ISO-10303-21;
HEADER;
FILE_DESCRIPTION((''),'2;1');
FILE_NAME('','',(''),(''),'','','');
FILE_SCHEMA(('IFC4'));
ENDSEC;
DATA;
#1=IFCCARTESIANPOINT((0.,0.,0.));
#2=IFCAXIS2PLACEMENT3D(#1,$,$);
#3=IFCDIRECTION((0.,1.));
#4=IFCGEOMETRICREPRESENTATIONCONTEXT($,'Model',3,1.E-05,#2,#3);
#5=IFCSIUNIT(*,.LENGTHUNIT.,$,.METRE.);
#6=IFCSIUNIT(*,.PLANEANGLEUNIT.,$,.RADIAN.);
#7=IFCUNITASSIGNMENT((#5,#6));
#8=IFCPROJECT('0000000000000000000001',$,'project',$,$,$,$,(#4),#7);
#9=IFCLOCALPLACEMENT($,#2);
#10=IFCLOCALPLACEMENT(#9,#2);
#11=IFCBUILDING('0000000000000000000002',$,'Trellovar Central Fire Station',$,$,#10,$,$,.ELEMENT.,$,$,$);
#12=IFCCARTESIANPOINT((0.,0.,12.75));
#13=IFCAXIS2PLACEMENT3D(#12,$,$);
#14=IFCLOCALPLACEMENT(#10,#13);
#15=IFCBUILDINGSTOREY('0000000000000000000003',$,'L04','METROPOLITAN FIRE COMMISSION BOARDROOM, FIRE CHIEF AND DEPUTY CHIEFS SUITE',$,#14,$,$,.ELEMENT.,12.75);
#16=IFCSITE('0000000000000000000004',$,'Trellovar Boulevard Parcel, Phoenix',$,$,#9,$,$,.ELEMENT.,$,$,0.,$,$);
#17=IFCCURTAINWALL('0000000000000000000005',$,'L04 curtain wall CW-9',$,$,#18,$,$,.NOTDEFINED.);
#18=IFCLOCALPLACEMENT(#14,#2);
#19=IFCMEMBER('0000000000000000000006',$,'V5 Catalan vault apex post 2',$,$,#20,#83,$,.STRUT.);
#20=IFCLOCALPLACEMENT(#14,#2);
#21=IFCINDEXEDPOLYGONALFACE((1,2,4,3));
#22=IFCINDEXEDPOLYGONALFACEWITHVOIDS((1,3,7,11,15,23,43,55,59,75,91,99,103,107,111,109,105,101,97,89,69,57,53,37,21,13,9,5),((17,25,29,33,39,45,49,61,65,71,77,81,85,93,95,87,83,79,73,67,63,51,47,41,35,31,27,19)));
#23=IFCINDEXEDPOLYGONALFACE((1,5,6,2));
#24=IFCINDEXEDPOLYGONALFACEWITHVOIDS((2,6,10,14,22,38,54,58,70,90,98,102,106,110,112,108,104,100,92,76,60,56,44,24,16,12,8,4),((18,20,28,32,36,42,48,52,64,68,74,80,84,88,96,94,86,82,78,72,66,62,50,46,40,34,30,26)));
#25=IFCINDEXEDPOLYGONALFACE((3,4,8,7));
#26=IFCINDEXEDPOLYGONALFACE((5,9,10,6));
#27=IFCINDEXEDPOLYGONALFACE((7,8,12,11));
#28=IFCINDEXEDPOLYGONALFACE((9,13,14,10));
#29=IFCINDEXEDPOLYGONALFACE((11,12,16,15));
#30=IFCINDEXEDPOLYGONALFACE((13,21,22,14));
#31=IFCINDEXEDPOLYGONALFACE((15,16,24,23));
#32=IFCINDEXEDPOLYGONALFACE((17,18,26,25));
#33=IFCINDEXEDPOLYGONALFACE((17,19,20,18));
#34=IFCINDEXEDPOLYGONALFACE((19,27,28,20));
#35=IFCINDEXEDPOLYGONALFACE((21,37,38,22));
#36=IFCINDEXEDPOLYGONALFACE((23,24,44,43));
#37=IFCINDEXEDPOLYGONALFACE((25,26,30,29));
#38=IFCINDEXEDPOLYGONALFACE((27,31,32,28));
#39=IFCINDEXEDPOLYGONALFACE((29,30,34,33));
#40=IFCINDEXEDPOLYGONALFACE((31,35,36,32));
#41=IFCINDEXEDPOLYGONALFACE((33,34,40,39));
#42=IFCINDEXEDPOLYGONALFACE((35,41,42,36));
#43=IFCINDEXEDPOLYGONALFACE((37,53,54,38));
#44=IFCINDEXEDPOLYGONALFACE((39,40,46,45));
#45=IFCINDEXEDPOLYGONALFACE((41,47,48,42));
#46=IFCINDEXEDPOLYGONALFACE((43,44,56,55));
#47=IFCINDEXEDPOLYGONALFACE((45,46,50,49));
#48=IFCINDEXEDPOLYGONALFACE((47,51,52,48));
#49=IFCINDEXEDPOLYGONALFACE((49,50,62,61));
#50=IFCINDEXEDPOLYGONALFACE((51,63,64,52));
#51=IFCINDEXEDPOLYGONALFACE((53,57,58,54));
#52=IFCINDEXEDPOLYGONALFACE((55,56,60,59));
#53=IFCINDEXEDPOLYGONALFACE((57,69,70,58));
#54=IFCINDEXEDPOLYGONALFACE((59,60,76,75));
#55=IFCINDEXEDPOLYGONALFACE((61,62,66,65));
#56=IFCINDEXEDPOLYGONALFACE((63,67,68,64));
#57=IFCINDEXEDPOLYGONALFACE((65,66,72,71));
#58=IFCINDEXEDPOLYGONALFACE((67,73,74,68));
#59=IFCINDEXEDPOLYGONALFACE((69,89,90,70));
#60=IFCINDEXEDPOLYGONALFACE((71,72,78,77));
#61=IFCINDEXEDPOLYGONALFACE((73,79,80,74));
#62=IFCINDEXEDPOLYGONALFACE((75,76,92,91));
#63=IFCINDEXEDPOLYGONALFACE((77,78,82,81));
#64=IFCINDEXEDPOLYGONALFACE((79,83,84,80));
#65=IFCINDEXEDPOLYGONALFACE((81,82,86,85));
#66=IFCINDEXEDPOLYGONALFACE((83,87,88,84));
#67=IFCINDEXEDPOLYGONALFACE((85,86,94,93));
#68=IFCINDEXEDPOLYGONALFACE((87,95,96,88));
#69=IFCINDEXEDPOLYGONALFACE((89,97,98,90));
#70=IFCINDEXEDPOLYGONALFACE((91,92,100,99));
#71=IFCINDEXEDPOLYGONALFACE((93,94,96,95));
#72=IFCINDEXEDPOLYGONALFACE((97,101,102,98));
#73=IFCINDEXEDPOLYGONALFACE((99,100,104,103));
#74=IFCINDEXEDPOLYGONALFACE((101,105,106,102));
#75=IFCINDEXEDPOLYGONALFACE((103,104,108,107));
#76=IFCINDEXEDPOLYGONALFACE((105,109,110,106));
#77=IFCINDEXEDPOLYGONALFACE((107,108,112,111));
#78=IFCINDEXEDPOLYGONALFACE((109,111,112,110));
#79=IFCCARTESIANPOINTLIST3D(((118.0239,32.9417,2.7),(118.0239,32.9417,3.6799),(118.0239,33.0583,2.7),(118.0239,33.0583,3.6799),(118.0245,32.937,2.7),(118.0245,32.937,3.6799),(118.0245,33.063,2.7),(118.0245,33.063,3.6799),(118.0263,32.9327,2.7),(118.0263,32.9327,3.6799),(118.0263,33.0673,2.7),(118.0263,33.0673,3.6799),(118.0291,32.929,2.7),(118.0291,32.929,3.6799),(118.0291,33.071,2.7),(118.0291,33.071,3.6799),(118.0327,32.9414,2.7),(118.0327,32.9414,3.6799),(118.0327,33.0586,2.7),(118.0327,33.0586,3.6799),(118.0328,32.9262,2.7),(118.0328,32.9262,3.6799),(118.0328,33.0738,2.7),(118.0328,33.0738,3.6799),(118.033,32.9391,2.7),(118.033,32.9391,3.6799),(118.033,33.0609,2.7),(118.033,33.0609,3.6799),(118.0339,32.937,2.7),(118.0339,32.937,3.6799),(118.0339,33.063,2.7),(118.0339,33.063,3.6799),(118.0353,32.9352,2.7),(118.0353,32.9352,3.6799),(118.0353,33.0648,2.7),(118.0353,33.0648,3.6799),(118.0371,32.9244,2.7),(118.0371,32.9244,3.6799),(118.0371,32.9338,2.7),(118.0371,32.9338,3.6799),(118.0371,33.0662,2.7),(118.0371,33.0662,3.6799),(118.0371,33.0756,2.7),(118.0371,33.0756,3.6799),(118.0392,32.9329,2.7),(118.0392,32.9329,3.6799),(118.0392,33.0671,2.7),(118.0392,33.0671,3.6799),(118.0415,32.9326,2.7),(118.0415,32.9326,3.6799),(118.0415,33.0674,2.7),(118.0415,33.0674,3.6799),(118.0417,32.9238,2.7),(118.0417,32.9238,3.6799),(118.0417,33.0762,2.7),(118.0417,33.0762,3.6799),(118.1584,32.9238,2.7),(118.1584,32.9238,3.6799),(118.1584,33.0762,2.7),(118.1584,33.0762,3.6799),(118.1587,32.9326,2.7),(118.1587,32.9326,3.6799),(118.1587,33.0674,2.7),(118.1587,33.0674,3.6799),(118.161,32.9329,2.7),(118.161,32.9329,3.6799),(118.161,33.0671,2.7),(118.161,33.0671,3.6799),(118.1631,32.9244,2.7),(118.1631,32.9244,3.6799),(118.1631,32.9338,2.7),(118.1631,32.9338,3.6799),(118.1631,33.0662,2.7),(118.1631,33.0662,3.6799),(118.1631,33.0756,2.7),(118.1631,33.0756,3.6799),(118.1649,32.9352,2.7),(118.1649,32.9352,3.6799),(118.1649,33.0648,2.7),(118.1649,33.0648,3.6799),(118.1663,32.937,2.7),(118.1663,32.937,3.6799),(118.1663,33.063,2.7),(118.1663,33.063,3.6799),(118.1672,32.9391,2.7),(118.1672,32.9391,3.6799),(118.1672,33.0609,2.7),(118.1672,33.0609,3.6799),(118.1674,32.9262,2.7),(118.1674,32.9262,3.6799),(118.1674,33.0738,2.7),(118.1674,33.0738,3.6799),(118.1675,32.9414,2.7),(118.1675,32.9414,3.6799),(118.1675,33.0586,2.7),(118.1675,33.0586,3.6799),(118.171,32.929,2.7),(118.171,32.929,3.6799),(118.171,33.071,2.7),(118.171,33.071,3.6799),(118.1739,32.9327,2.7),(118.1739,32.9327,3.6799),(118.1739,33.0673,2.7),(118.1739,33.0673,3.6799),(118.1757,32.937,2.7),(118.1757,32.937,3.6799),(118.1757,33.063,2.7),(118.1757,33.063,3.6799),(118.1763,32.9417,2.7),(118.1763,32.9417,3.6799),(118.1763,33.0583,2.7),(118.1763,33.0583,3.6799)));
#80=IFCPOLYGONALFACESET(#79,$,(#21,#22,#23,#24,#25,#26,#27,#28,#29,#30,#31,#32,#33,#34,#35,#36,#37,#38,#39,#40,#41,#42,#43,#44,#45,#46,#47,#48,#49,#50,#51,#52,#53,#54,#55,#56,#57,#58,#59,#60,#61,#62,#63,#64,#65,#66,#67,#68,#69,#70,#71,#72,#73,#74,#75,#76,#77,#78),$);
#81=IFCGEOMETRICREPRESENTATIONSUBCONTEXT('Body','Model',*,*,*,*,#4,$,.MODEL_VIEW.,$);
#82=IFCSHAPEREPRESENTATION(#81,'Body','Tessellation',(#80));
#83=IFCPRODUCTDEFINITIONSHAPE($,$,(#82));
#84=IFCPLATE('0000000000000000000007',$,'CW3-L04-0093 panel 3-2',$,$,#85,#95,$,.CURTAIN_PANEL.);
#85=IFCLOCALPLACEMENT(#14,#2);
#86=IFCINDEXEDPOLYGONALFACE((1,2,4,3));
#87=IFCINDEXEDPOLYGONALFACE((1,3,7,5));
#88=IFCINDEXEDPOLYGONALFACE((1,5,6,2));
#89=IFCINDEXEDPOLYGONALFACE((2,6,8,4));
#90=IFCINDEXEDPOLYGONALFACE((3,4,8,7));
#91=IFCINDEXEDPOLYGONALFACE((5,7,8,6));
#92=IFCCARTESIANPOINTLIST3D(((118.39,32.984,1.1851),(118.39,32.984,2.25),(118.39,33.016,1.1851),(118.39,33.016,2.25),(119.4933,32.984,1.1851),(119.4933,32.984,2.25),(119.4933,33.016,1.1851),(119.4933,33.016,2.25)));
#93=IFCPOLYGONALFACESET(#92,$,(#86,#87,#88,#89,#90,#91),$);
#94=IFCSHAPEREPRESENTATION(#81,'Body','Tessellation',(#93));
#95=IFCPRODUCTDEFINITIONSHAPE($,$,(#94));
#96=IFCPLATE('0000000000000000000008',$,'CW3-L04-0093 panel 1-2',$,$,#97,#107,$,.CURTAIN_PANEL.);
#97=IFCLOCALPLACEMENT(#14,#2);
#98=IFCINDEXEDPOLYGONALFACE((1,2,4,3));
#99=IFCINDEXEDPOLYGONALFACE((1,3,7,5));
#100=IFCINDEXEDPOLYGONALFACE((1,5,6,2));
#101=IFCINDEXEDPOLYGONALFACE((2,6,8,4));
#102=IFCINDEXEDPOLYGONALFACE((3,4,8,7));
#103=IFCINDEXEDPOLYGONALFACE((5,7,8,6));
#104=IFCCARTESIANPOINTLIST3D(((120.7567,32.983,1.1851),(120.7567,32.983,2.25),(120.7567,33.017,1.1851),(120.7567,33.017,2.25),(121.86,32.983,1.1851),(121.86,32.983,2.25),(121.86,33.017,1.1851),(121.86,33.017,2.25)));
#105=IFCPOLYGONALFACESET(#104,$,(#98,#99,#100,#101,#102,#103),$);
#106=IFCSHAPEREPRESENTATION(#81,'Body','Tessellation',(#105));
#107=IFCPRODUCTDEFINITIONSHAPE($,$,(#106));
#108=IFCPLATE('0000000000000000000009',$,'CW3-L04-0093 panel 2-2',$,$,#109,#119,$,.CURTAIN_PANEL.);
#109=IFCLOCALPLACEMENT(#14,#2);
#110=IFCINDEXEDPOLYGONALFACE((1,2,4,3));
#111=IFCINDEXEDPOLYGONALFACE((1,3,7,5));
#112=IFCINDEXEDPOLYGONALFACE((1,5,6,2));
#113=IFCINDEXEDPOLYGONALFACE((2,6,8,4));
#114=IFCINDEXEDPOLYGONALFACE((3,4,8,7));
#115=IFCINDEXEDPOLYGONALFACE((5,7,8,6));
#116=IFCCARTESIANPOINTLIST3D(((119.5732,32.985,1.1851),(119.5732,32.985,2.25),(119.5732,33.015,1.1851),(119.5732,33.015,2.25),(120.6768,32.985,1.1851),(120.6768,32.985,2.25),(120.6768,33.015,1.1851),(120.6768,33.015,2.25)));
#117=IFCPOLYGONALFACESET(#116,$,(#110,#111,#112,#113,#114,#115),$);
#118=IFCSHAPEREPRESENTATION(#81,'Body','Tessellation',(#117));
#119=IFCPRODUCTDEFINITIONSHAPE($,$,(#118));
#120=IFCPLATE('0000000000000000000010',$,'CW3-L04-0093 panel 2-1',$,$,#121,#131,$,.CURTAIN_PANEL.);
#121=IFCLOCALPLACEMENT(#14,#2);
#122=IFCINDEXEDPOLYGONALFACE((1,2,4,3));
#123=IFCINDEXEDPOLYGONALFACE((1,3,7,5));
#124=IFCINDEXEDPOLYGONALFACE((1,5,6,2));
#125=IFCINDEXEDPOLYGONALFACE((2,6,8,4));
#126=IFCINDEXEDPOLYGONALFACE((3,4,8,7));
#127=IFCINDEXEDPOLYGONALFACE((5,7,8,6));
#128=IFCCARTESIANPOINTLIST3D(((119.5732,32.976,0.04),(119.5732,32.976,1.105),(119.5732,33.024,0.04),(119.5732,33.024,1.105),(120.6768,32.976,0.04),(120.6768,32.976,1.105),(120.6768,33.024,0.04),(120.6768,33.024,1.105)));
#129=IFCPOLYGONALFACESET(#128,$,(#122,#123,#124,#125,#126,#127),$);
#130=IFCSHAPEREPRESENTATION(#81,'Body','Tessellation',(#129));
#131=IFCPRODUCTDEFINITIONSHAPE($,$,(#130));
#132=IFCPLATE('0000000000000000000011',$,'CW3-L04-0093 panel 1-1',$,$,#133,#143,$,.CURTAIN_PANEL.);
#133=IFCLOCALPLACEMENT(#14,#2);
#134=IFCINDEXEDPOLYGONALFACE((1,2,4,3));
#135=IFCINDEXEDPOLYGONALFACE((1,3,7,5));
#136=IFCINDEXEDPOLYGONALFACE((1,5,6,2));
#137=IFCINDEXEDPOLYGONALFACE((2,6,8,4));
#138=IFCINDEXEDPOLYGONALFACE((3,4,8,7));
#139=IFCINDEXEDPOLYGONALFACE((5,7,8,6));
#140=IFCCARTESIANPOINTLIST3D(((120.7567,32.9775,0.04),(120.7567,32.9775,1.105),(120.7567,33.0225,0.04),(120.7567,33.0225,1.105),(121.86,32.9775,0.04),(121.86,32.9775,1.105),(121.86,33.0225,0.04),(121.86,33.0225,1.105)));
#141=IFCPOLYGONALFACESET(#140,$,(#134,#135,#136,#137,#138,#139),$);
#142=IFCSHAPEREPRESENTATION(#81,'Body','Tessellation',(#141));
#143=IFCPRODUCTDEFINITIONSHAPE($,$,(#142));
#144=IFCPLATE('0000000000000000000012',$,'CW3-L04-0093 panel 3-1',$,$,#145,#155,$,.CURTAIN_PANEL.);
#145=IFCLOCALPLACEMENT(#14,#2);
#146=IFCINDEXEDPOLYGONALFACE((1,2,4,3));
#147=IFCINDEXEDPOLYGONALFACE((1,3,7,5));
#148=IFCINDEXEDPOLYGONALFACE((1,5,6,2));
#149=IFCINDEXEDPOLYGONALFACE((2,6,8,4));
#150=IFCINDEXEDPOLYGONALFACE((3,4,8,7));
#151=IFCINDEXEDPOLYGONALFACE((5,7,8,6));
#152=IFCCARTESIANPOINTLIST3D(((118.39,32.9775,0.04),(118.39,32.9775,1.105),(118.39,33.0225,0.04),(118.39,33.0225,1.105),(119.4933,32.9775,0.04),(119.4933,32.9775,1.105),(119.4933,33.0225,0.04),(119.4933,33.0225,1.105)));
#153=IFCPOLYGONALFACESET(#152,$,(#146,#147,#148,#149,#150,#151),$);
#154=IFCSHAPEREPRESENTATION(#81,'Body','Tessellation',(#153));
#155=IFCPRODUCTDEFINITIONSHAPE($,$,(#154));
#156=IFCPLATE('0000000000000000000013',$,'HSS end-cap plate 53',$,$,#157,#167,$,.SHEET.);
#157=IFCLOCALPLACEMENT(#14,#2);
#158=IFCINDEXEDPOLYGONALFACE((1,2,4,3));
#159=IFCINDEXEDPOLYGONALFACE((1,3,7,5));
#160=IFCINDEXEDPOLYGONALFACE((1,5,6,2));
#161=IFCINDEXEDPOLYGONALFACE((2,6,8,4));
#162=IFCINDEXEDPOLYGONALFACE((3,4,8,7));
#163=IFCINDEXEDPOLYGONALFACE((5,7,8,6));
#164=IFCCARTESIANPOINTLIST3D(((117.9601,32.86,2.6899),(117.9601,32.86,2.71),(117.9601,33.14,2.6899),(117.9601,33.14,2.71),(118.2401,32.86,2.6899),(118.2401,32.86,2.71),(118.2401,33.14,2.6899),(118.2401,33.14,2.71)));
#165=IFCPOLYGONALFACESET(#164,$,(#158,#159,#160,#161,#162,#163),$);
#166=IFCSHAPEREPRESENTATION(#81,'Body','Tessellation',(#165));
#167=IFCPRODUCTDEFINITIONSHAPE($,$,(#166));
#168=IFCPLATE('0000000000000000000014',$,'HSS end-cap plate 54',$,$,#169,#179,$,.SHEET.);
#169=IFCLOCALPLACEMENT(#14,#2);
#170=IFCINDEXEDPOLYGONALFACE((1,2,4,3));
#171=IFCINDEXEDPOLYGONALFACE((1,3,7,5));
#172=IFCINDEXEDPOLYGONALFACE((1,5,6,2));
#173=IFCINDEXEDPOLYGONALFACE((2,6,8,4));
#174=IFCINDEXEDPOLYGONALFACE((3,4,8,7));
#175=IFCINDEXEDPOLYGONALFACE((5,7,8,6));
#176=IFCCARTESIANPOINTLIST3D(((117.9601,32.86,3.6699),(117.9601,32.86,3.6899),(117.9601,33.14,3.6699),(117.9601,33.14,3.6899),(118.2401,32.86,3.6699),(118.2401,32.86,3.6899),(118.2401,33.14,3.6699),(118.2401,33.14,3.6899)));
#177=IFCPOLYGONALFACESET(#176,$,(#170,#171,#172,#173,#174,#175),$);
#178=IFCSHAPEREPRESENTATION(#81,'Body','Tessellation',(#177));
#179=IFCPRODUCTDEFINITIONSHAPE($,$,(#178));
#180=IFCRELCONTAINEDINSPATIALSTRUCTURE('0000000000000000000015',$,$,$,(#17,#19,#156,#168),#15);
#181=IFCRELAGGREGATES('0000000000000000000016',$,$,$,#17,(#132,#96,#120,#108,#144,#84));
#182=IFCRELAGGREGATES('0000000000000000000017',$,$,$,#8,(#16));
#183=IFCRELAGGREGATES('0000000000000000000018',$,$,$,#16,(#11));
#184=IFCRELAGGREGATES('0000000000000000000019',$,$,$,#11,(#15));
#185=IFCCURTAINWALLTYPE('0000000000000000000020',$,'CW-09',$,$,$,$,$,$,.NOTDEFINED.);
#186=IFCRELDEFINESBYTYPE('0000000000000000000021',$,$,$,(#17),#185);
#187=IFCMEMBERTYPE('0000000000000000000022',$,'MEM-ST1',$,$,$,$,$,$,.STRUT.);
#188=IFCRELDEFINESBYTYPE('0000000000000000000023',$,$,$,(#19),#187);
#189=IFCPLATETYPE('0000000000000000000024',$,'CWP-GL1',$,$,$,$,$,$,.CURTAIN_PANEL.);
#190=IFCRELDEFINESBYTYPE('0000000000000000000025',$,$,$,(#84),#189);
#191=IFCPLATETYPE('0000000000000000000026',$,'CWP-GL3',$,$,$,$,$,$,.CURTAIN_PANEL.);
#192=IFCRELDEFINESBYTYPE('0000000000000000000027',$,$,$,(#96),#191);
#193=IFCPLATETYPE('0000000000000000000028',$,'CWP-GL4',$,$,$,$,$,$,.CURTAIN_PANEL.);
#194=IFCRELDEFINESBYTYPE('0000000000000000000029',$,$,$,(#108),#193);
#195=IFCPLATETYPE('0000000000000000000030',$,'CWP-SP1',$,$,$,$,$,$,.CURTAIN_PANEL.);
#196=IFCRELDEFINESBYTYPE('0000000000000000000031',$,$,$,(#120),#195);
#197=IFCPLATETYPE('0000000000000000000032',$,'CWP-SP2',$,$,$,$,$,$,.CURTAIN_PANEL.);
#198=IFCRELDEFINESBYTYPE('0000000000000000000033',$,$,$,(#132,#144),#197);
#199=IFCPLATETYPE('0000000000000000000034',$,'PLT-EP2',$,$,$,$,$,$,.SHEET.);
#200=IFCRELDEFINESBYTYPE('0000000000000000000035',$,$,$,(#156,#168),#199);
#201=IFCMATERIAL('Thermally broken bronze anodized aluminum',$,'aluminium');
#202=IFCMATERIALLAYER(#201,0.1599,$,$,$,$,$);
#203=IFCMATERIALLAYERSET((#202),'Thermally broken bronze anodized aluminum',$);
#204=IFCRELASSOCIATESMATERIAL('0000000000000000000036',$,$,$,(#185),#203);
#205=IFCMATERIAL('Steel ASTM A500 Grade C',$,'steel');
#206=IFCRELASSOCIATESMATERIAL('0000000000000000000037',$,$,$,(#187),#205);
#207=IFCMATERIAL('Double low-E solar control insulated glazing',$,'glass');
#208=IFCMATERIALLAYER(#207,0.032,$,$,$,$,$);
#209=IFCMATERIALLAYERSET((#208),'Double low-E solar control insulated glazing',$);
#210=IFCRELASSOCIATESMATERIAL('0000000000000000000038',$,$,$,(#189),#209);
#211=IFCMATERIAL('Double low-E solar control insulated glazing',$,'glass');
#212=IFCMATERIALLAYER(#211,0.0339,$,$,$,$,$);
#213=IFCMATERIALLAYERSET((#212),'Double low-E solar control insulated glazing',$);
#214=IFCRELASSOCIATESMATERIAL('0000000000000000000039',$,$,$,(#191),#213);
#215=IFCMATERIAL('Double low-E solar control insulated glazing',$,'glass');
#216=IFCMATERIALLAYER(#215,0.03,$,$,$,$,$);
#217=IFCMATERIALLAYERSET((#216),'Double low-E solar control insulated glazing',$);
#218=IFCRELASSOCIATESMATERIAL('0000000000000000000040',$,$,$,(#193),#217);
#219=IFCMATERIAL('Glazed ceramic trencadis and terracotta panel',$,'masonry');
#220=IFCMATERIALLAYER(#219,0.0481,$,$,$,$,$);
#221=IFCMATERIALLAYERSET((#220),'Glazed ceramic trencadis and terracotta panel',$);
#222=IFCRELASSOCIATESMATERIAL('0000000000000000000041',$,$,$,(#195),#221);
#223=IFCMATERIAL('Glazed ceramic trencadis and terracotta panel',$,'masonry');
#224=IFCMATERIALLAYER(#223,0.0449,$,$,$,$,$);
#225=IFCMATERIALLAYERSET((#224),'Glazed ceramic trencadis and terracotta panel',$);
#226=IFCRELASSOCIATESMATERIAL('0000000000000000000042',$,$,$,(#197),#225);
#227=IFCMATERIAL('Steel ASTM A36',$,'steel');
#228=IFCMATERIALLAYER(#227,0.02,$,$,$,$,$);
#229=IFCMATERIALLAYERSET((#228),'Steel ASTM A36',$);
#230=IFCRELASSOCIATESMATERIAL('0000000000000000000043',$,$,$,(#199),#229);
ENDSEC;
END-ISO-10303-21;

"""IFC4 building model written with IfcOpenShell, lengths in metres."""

from ifc_helpers import new_model, si_unit, direction, frame, origin, origin_2d, place, context, subcontext, project, spatial, rectangle, hollow_rectangle, extrude, material, layer, layer_set, material_profile, profile_set, type_object, element, aggregate, save


model = new_model("IFC4")

# Units and contexts
model_context = context("Model", 3, precision=1e-05, world=origin(), true_north=direction((0.0, 1.0)))
body_context = subcontext(model_context, "Body", "Model", "MODEL_VIEW")
ifc_project = project(units=[si_unit("LENGTHUNIT", "METRE"), si_unit("PLANEANGLEUNIT", "RADIAN")], contexts=[model_context])

# Site, building, storey
site_placement = place(None, origin())
site = spatial("IfcSite", under=ifc_project, at=site_placement, Name="Trellovar Boulevard Parcel, Phoenix", CompositionType="ELEMENT", RefElevation=0.0)
building_placement = place(site_placement, origin())
building = spatial("IfcBuilding", under=site, at=building_placement, Name="Trellovar Central Fire Station", CompositionType="ELEMENT")
storey_placement = place(building_placement, frame((0.0, 0.0, 12.75)))
storey = spatial("IfcBuildingStorey", under=building, at=storey_placement, Name="L04", Description="METROPOLITAN FIRE COMMISSION BOARDROOM, FIRE CHIEF AND DEPUTY CHIEFS SUITE", CompositionType="ELEMENT", Elevation=12.75)

# Curtain wall
ifc_material_1 = material(Name="Thermally broken bronze anodized aluminum", Category="aluminium")
ifc_layer_1 = layer(ifc_material_1, 0.1599)
ifc_layer_set_1 = layer_set([ifc_layer_1], Name="Thermally broken bronze anodized aluminum")
curtain_wall_type = type_object("IfcCurtainWallType", Name="CW-09", PredefinedType="NOTDEFINED", material=ifc_layer_set_1)
curtain_wall_placement = place(storey_placement, origin())
curtain_wall = element("IfcCurtainWall", 1, at=curtain_wall_placement, inside=storey, type_object=curtain_wall_type, Name="L04 curtain wall CW-9", PredefinedType="NOTDEFINED")

# Member
ifc_material_2 = material(Name="Steel ASTM A500 Grade C", Category="steel")
ifc_material_profile_1 = material_profile(ifc_material_2, hollow_rectangle(XDim=0.1523, YDim=0.1523, WallThickness=0.0088, InnerFilletRadius=0.0088, OuterFilletRadius=0.0178, at=origin_2d()), Name="HSS6X6X3/8")
ifc_profile_set_1 = profile_set([ifc_material_profile_1], Name="Steel ASTM A500 Grade C")
member_type_1 = type_object("IfcMemberType", Name="MEM-ST1", PredefinedType="STRUT", material=ifc_profile_set_1)
member_1_placement = place(storey_placement, frame((118.1001, 33.0, 2.7), z_axis=(0.0, 0.0, 1.0), x_axis=(1.0, 0.0, 0.0)))
element("IfcMember", 2, at=member_1_placement, inside=storey, type_object=member_type_1, Name="V5 Catalan vault apex post 2", PredefinedType="STRUT", context=body_context, shape_type="SweptSolid", body=[
    extrude(hollow_rectangle(XDim=0.1523, YDim=0.1523, WallThickness=0.0088, InnerFilletRadius=0.0088, OuterFilletRadius=0.0178, at=origin_2d()), origin(), (0.0, 0.0, 1.0), 0.98),
])

# Plates
ifc_material_3 = material(Name="Double low-E solar control insulated glazing", Category="glass")
ifc_layer_2 = layer(ifc_material_3, 0.032)
ifc_layer_set_2 = layer_set([ifc_layer_2], Name="Double low-E solar control insulated glazing")
plate_type_1 = type_object("IfcPlateType", Name="CWP-GL1", PredefinedType="CURTAIN_PANEL", material=ifc_layer_set_2)
plate_1_placement = place(storey_placement, frame((118.9417, 33.0, 1.1851), z_axis=(0.0, 0.0, 1.0), x_axis=(-1.0, 0.0, 0.0)))
plate_1 = element("IfcPlate", 3, at=plate_1_placement, type_object=plate_type_1, Name="CW3-L04-0093 panel 3-2", PredefinedType="CURTAIN_PANEL", context=body_context, shape_type="SweptSolid", body=[
    extrude(rectangle(XDim=1.1033, YDim=0.032, at=origin_2d()), origin(), (0.0, 0.0, 1.0), 1.0649),
])
ifc_material_4 = material(Name="Double low-E solar control insulated glazing", Category="glass")
ifc_layer_3 = layer(ifc_material_4, 0.0339)
ifc_layer_set_3 = layer_set([ifc_layer_3], Name="Double low-E solar control insulated glazing")
plate_type_2 = type_object("IfcPlateType", Name="CWP-GL3", PredefinedType="CURTAIN_PANEL", material=ifc_layer_set_3)
plate_2_placement = place(storey_placement, frame((121.3083, 33.0, 1.1851), z_axis=(0.0, 0.0, 1.0), x_axis=(-1.0, 0.0, 0.0)))
plate_2 = element("IfcPlate", 4, at=plate_2_placement, type_object=plate_type_2, Name="CW3-L04-0093 panel 1-2", PredefinedType="CURTAIN_PANEL", context=body_context, shape_type="SweptSolid", body=[
    extrude(rectangle(XDim=1.1033, YDim=0.0339, at=origin_2d()), origin(), (0.0, 0.0, 1.0), 1.0649),
])
ifc_material_5 = material(Name="Double low-E solar control insulated glazing", Category="glass")
ifc_layer_4 = layer(ifc_material_5, 0.03)
ifc_layer_set_4 = layer_set([ifc_layer_4], Name="Double low-E solar control insulated glazing")
plate_type_3 = type_object("IfcPlateType", Name="CWP-GL4", PredefinedType="CURTAIN_PANEL", material=ifc_layer_set_4)
plate_3_placement = place(storey_placement, frame((120.125, 33.0, 1.1851), z_axis=(0.0, 0.0, 1.0), x_axis=(-1.0, 0.0, 0.0)))
plate_3 = element("IfcPlate", 5, at=plate_3_placement, type_object=plate_type_3, Name="CW3-L04-0093 panel 2-2", PredefinedType="CURTAIN_PANEL", context=body_context, shape_type="SweptSolid", body=[
    extrude(rectangle(XDim=1.1035, YDim=0.03, at=origin_2d()), origin(), (0.0, 0.0, 1.0), 1.0649),
])
ifc_material_6 = material(Name="Glazed ceramic trencadis and terracotta panel", Category="masonry")
ifc_layer_5 = layer(ifc_material_6, 0.0481)
ifc_layer_set_5 = layer_set([ifc_layer_5], Name="Glazed ceramic trencadis and terracotta panel")
plate_type_4 = type_object("IfcPlateType", Name="CWP-SP1", PredefinedType="CURTAIN_PANEL", material=ifc_layer_set_5)
plate_4_placement = place(storey_placement, frame((120.125, 33.0, 0.04), z_axis=(0.0, 0.0, 1.0), x_axis=(-1.0, 0.0, 0.0)))
plate_4 = element("IfcPlate", 6, at=plate_4_placement, type_object=plate_type_4, Name="CW3-L04-0093 panel 2-1", PredefinedType="CURTAIN_PANEL", context=body_context, shape_type="SweptSolid", body=[
    extrude(rectangle(XDim=1.1035, YDim=0.0481, at=origin_2d()), origin(), (0.0, 0.0, 1.0), 1.0649),
])
ifc_material_7 = material(Name="Glazed ceramic trencadis and terracotta panel", Category="masonry")
ifc_layer_6 = layer(ifc_material_7, 0.0449)
ifc_layer_set_6 = layer_set([ifc_layer_6], Name="Glazed ceramic trencadis and terracotta panel")
plate_type_5 = type_object("IfcPlateType", Name="CWP-SP2", PredefinedType="CURTAIN_PANEL", material=ifc_layer_set_6)
plate_5_placement = place(storey_placement, frame((121.3083, 33.0, 0.04), z_axis=(0.0, 0.0, 1.0), x_axis=(-1.0, 0.0, 0.0)))
plate_5 = element("IfcPlate", 7, at=plate_5_placement, type_object=plate_type_5, Name="CW3-L04-0093 panel 1-1", PredefinedType="CURTAIN_PANEL", context=body_context, shape_type="SweptSolid", body=[
    extrude(rectangle(XDim=1.1033, YDim=0.0449, at=origin_2d()), origin(), (0.0, 0.0, 1.0), 1.0649),
])
plate_6_placement = place(storey_placement, frame((118.9417, 33.0, 0.04), z_axis=(0.0, 0.0, 1.0), x_axis=(-1.0, 0.0, 0.0)))
plate_6 = element("IfcPlate", 8, at=plate_6_placement, type_object=plate_type_5, Name="CW3-L04-0093 panel 3-1", PredefinedType="CURTAIN_PANEL", context=body_context, shape_type="SweptSolid", body=[
    extrude(rectangle(XDim=1.1033, YDim=0.0449, at=origin_2d()), origin(), (0.0, 0.0, 1.0), 1.0649),
])
aggregate(curtain_wall, [plate_5, plate_2, plate_4, plate_3, plate_6, plate_1])

# Plates
ifc_material_8 = material(Name="Steel ASTM A36", Category="steel")
ifc_layer_7 = layer(ifc_material_8, 0.02)
ifc_layer_set_7 = layer_set([ifc_layer_7], Name="Steel ASTM A36")
plate_type_6 = type_object("IfcPlateType", Name="PLT-EP2", PredefinedType="SHEET", material=ifc_layer_set_7)
for number, where, z_axis, x_axis, name in (
    (9, (118.1001, 33.0, 2.6899), (0.0, 0.0, 1.0), (1.0, 0.0, 0.0), "HSS end-cap plate 53"),
    (10, (118.1001, 33.0, 3.6699), (0.0, 0.0, 1.0), (1.0, 0.0, 0.0), "HSS end-cap plate 54"),
):
    element("IfcPlate", number, at=place(storey_placement, frame(where, z_axis=z_axis, x_axis=x_axis)), inside=storey, type_object=plate_type_6, Name=name, PredefinedType="SHEET", context=body_context, shape_type="SweptSolid", body=[
        extrude(rectangle(XDim=0.28, YDim=0.28, at=origin_2d()), origin(), (0.0, 0.0, 1.0), 0.02),
    ])

save(model, "model.ifc")
